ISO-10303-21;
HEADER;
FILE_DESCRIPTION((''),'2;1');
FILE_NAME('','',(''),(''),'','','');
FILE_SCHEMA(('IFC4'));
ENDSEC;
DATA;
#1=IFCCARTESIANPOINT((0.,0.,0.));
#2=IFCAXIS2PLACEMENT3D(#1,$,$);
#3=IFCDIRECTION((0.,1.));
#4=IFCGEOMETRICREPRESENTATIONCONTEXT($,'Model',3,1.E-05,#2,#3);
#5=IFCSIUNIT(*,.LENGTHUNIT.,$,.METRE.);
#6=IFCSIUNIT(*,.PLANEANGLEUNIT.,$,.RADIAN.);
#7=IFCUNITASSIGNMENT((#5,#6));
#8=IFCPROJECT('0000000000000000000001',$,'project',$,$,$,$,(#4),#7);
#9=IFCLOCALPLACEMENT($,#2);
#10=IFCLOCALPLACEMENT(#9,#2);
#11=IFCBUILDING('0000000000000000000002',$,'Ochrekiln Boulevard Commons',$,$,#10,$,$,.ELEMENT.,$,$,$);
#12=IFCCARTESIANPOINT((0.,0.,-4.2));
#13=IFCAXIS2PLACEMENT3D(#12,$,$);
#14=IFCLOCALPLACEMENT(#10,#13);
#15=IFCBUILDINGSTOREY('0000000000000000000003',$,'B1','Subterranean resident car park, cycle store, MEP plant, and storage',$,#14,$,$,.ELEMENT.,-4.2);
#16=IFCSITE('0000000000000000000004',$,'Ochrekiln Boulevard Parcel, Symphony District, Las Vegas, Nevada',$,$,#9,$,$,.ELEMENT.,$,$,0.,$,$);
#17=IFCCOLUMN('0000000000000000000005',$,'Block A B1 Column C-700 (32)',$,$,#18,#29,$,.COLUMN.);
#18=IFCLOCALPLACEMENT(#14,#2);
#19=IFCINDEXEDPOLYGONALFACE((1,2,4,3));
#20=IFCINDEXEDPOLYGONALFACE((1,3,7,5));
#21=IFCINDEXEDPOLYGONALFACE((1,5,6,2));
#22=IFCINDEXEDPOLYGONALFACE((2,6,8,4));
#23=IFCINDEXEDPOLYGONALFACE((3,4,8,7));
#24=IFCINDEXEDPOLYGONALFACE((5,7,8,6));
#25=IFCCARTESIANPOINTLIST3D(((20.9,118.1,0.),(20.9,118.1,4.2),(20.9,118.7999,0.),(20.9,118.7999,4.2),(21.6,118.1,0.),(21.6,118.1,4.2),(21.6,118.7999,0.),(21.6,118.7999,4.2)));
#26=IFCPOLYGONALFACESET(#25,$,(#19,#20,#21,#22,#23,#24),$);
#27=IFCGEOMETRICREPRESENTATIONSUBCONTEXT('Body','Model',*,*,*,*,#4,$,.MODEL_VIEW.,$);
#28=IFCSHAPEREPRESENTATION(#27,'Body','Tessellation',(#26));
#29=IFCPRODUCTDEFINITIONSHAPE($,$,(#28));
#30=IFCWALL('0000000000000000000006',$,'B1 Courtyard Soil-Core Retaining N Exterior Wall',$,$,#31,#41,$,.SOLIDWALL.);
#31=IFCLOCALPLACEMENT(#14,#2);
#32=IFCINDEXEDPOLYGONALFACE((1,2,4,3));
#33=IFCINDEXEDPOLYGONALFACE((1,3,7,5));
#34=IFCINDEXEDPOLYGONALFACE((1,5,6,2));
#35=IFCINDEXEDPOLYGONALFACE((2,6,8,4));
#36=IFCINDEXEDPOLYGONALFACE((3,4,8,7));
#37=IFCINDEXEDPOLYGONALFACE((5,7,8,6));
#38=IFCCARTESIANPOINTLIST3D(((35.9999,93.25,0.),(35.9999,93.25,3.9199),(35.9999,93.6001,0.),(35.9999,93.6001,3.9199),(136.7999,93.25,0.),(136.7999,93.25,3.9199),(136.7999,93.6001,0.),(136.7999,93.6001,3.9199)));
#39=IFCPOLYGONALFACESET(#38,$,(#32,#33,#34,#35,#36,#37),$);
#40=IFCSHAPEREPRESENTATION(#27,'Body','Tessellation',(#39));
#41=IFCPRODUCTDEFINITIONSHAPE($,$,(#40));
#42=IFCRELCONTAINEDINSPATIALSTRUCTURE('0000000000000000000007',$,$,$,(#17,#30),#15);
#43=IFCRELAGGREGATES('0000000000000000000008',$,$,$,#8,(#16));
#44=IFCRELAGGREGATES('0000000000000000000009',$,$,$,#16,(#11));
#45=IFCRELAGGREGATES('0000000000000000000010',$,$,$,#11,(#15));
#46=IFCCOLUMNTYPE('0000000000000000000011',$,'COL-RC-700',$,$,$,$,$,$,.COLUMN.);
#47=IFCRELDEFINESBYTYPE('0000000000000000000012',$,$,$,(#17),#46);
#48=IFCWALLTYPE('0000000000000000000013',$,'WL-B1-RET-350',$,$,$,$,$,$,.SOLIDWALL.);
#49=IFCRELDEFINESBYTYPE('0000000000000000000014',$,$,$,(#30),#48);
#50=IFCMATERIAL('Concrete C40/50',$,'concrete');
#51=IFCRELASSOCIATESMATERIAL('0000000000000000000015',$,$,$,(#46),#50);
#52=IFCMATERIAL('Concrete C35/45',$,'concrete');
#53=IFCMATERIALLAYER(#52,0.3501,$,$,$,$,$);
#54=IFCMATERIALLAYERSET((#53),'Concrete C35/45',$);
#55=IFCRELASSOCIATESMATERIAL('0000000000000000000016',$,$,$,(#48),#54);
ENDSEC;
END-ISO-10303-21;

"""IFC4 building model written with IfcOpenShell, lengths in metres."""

from ifc_helpers import new_model, si_unit, direction, frame, frame_2d, origin, origin_2d, place, context, subcontext, project, spatial, rectangle, extrude, material, layer, layer_set, material_profile, profile_set, type_object, element, save


model = new_model("IFC4")

# Units and contexts
model_context = context("Model", 3, precision=1e-05, world=origin(), true_north=direction((0.0, 1.0)))
body_context = subcontext(model_context, "Body", "Model", "MODEL_VIEW")
ifc_project = project(units=[si_unit("LENGTHUNIT", "METRE"), si_unit("PLANEANGLEUNIT", "RADIAN")], contexts=[model_context])

# Site, building, storey
site_placement = place(None, origin())
site = spatial("IfcSite", under=ifc_project, at=site_placement, Name="Ochrekiln Boulevard Parcel, Symphony District, Las Vegas, Nevada", CompositionType="ELEMENT", RefElevation=0.0)
building_placement = place(site_placement, origin())
building = spatial("IfcBuilding", under=site, at=building_placement, Name="Ochrekiln Boulevard Commons", CompositionType="ELEMENT")
storey_placement = place(building_placement, frame((0.0, 0.0, -4.2)))
storey = spatial("IfcBuildingStorey", under=building, at=storey_placement, Name="B1", Description="Subterranean resident car park, cycle store, MEP plant, and storage", CompositionType="ELEMENT", Elevation=-4.2)

# Shared definitions
ifc_material_1 = material(Name="Concrete C35/45", Category="concrete")

# Column
ifc_material_2 = material(Name="Concrete C40/50", Category="concrete")
ifc_material_profile_1 = material_profile(ifc_material_2, rectangle(XDim=0.7, YDim=0.7, at=origin_2d()), Name="RC-COL-700x700")
ifc_profile_set_1 = profile_set([ifc_material_profile_1], Name="Concrete C40/50")
column_type_1 = type_object("IfcColumnType", Name="COL-RC-700", PredefinedType="COLUMN", material=ifc_profile_set_1)
for number, where, z_axis, x_axis, name in (
    (1, (21.25, 118.45, 0.0), (0.0, 0.0, 1.0), (1.0, 0.0, 0.0), "Block A B1 Column C-700 (32)"),
):
    element("IfcColumn", number, at=place(storey_placement, frame(where, z_axis=z_axis, x_axis=x_axis)), inside=storey, type_object=column_type_1, Name=name, PredefinedType="COLUMN", context=body_context, shape_type="SweptSolid", body=[
        extrude(rectangle(XDim=0.7, YDim=0.7, at=origin_2d()), origin(), (0.0, 0.0, 1.0), 4.2),
    ])

# Wall
ifc_layer = layer(ifc_material_1, 0.3501)
ifc_layer_set = layer_set([ifc_layer], Name="Concrete C35/45")
wall_type = type_object("IfcWallType", Name="WL-B1-RET-350", PredefinedType="SOLIDWALL", material=ifc_layer_set)
wall_placement = place(storey_placement, frame((36.0, 93.425, 0.0), z_axis=(0.0, 0.0, 1.0), x_axis=(1.0, 0.0, 0.0)))
element("IfcWall", 2, at=wall_placement, inside=storey, type_object=wall_type, Name="B1 Courtyard Soil-Core Retaining N Exterior Wall", PredefinedType="SOLIDWALL", context=body_context, shape_type="SweptSolid", body=[
    extrude(rectangle(XDim=100.8, YDim=0.3501, at=frame_2d((50.3999, 0.0))), origin(), (0.0, 0.0, 1.0), 3.9199),
])

save(model, "model.ifc")
